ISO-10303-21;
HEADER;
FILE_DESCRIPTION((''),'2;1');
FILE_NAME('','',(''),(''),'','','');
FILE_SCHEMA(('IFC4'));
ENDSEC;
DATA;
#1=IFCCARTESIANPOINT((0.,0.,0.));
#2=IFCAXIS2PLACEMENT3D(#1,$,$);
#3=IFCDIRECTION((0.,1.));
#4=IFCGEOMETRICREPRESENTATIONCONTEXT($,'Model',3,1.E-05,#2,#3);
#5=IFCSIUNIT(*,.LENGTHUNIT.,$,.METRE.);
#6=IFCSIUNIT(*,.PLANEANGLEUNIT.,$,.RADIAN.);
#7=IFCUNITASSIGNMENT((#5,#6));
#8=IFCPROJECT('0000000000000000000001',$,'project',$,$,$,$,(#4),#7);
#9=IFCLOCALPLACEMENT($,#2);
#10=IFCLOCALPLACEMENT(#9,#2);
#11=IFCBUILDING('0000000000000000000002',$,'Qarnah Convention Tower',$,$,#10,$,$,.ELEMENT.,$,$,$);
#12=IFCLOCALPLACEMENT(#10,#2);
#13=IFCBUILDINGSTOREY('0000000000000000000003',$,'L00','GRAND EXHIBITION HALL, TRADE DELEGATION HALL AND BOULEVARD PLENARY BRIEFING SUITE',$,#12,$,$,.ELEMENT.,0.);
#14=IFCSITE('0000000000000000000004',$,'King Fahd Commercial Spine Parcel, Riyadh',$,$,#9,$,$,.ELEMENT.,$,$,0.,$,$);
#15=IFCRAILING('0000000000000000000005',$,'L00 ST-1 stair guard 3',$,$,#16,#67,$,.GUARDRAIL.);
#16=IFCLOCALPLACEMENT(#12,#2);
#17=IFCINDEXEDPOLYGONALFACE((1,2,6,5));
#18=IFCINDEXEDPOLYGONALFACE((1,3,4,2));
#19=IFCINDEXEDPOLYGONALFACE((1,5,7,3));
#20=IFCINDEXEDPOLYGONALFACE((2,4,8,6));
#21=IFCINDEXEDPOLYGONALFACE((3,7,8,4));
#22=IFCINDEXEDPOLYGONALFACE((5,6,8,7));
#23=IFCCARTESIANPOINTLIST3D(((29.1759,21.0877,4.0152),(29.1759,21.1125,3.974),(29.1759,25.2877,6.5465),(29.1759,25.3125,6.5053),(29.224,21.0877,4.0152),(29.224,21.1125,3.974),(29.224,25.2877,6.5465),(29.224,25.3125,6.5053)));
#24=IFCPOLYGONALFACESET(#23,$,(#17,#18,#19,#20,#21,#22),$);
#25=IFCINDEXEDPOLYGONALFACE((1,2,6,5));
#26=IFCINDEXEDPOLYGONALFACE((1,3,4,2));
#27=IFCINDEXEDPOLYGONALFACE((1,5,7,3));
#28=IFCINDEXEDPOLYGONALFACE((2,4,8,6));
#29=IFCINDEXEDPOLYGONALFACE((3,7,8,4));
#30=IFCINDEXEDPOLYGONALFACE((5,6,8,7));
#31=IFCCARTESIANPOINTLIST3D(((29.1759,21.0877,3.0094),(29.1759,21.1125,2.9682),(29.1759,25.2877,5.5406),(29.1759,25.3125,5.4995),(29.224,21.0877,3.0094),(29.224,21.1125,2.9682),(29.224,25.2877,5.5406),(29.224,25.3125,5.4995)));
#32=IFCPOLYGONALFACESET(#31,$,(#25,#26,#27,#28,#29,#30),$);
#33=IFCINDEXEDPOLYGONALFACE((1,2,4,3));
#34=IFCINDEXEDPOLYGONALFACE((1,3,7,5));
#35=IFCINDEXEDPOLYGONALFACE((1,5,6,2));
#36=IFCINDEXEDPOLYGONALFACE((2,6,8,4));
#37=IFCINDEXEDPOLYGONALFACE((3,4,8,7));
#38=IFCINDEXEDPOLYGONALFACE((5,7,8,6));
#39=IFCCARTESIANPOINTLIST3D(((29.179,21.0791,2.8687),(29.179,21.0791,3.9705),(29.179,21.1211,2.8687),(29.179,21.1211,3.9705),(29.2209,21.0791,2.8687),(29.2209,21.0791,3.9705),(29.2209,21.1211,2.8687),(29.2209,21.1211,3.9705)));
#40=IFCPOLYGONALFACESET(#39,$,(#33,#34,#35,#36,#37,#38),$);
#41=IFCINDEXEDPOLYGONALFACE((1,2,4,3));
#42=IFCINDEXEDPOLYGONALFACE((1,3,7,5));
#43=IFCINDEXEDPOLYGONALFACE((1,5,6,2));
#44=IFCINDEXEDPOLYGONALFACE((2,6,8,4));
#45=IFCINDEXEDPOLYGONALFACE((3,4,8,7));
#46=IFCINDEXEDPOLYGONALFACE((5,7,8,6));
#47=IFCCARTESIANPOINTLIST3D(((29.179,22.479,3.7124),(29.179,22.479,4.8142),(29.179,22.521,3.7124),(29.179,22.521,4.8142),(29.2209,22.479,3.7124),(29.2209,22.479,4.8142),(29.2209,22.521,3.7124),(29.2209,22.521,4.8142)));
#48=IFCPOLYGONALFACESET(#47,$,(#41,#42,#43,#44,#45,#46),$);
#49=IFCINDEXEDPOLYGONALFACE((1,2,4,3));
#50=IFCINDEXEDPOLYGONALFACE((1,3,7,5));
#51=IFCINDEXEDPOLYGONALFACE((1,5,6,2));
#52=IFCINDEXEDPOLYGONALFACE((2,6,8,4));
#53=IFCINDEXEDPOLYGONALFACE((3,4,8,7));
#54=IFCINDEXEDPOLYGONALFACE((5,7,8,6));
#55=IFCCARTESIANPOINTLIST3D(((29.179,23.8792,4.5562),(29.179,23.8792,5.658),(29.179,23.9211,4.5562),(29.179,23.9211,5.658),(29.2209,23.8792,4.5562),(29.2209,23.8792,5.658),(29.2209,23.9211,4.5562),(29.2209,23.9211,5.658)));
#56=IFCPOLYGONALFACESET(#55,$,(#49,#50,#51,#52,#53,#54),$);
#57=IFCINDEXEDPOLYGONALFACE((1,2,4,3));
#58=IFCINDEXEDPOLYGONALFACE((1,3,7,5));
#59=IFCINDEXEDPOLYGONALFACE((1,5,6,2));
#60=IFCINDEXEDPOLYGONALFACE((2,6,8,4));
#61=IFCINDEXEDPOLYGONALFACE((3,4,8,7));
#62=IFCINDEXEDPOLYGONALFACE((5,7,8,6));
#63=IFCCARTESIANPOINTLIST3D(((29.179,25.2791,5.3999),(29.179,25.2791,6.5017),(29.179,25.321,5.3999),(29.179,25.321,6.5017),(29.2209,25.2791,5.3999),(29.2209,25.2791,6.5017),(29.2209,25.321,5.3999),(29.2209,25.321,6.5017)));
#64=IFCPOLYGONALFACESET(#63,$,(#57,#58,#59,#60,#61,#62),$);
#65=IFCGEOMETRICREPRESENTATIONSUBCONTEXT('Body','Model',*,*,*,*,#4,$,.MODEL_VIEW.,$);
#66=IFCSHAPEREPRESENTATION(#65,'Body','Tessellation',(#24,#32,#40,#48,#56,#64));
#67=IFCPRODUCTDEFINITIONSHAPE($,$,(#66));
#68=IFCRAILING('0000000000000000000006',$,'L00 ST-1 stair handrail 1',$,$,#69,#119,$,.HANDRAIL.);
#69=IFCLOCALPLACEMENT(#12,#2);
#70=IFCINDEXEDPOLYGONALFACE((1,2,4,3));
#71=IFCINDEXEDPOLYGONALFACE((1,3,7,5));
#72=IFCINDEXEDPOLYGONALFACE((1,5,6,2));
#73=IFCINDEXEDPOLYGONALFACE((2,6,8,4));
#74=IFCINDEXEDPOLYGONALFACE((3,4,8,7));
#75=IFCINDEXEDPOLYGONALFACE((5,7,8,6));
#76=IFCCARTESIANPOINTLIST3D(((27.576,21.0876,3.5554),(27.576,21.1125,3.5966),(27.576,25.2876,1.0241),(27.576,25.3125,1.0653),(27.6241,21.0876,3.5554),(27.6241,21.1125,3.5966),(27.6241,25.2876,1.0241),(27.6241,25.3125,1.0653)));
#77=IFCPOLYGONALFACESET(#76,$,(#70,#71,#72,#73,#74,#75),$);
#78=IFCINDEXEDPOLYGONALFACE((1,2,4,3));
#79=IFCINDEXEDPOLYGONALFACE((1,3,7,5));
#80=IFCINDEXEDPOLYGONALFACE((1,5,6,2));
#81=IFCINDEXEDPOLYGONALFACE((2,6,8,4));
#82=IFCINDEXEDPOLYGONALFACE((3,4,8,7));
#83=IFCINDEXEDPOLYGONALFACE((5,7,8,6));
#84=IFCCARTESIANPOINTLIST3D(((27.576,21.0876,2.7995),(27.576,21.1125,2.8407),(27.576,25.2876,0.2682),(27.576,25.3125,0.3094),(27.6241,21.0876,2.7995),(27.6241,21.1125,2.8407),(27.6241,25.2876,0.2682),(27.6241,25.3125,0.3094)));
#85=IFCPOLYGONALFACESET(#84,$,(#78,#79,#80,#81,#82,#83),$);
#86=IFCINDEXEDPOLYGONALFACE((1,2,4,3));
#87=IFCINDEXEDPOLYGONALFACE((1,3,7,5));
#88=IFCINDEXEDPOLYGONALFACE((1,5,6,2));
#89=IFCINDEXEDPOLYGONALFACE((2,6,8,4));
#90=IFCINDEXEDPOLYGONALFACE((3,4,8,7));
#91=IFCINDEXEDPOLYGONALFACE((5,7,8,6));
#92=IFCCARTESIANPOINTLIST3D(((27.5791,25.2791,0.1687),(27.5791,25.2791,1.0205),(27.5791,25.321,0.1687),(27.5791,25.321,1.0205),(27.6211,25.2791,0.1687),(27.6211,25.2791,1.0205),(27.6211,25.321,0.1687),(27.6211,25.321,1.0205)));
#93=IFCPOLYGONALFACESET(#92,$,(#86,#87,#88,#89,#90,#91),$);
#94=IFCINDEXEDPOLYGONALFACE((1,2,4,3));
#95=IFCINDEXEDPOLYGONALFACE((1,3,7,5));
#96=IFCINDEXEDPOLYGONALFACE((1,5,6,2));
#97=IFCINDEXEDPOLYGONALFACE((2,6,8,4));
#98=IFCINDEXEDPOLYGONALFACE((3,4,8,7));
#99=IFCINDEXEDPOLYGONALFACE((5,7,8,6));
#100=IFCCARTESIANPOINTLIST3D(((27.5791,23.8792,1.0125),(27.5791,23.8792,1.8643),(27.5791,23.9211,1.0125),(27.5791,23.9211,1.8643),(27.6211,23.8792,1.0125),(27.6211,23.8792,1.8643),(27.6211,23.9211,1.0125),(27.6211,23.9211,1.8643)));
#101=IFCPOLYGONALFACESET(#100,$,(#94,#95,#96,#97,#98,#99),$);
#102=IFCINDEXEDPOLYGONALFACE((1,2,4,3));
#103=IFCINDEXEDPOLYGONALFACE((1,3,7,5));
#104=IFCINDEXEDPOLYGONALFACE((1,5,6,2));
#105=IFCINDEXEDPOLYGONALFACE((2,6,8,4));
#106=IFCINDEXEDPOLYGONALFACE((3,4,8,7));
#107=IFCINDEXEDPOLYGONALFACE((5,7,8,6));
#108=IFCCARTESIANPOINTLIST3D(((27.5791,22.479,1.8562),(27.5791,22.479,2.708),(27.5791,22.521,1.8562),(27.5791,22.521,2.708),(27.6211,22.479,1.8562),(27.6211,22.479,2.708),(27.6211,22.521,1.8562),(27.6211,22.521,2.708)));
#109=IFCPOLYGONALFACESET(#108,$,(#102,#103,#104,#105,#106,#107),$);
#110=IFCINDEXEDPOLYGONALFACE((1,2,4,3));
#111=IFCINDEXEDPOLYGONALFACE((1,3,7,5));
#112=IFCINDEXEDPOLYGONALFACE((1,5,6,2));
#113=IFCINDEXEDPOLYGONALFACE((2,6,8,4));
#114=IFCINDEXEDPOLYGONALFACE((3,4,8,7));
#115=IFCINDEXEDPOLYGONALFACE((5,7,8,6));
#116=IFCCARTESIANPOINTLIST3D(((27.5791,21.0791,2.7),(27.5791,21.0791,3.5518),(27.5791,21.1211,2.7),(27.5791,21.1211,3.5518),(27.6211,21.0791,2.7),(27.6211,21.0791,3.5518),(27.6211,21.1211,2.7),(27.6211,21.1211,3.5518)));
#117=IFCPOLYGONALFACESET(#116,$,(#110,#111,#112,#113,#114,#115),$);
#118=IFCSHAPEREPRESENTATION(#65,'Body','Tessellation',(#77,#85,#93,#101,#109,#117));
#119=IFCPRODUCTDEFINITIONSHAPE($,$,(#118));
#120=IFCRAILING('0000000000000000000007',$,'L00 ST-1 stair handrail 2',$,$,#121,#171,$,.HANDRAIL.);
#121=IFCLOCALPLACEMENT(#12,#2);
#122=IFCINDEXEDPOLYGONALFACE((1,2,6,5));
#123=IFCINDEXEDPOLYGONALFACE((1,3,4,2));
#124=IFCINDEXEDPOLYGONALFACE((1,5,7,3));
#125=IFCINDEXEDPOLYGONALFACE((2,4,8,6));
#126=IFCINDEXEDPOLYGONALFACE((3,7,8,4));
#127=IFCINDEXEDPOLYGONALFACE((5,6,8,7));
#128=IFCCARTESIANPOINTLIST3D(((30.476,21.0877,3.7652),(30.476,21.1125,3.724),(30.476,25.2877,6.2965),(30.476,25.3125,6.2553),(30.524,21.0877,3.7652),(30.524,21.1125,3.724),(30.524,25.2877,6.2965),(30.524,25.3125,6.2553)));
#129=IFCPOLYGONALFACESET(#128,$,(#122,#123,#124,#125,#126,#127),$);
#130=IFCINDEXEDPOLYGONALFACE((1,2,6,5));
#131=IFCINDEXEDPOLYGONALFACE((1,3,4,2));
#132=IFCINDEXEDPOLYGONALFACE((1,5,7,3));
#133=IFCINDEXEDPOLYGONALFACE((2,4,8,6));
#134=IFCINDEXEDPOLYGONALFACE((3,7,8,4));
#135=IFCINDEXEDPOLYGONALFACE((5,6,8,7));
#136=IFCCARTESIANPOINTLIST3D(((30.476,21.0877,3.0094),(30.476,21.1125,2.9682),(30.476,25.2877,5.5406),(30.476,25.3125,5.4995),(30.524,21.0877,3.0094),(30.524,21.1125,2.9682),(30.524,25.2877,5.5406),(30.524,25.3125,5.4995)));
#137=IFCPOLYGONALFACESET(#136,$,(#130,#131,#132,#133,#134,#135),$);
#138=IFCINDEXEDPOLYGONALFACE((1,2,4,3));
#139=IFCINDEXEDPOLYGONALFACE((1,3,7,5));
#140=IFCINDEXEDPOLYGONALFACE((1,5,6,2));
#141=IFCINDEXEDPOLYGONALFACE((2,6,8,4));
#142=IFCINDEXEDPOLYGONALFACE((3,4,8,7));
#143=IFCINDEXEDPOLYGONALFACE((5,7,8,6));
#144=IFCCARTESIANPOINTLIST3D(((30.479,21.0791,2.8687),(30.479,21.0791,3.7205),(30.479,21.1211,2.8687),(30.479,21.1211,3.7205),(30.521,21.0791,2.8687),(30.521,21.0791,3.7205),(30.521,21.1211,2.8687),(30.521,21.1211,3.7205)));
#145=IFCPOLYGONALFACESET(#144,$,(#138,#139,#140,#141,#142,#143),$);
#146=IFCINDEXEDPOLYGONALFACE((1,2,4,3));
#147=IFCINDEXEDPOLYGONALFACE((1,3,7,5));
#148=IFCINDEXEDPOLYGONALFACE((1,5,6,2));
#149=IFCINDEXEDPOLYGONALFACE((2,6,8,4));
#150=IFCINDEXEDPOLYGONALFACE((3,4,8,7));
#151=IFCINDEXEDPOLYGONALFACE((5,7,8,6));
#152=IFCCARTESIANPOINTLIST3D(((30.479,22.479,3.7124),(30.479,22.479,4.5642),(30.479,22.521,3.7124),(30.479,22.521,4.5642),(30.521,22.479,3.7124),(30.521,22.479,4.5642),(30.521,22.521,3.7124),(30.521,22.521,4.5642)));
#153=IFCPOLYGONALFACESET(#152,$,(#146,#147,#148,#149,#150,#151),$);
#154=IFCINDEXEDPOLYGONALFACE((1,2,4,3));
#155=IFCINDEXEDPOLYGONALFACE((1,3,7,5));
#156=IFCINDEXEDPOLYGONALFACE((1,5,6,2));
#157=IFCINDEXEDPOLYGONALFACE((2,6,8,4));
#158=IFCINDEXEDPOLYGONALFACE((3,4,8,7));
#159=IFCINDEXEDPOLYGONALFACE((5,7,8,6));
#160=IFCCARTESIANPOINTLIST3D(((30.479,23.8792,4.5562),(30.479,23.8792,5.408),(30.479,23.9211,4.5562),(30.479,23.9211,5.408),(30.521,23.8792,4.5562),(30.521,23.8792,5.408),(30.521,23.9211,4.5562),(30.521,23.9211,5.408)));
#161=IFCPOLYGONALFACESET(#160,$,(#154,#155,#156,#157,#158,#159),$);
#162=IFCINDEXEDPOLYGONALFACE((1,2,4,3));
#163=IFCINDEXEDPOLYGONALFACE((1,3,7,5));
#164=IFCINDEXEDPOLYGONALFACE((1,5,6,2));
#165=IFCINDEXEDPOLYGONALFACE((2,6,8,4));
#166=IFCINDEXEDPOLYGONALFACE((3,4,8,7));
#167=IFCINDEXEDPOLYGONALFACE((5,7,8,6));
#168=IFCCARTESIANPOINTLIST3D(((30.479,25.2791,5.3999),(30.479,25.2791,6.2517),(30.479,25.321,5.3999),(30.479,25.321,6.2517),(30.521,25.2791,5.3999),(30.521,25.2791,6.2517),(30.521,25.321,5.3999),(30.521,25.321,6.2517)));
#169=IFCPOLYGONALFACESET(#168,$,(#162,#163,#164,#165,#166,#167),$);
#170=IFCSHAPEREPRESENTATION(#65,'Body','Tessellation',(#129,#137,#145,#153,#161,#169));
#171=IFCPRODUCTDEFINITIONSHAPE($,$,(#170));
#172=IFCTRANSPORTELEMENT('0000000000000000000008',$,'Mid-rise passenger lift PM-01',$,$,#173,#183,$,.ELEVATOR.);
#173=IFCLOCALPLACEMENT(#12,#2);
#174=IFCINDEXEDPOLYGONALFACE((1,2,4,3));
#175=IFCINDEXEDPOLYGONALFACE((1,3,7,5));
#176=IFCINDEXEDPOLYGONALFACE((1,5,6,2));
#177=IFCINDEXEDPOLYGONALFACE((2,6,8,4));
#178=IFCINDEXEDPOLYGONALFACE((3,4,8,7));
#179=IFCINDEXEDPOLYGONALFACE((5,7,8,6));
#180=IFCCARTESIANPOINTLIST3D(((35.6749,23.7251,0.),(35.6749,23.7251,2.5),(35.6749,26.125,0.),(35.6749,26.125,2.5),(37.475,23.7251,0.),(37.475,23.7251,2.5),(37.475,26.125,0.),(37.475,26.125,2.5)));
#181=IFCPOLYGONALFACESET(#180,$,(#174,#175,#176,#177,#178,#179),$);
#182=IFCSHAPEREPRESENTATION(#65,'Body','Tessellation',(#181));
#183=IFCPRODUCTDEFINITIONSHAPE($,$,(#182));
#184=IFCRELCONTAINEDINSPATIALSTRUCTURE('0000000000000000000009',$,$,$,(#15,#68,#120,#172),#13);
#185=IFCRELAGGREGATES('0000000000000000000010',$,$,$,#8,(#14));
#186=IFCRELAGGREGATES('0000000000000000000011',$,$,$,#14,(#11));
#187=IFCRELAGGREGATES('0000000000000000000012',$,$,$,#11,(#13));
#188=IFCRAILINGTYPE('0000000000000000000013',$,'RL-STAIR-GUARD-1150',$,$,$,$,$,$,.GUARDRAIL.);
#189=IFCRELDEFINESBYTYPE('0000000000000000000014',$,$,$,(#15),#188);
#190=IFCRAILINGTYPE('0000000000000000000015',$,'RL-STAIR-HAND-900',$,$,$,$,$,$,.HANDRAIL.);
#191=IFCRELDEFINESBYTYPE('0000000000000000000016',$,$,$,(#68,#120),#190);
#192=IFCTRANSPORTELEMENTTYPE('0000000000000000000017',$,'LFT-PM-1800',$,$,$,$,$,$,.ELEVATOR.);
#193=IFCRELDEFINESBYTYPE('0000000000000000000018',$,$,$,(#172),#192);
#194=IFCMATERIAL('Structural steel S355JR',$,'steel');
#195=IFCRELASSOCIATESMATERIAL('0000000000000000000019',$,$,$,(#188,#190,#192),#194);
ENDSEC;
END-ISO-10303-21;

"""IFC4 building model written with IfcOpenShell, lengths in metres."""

from ifc_helpers import new_model, si_unit, direction, frame, origin, origin_2d, place, context, subcontext, project, spatial, rectangle, extrude, material, type_object, element, save


model = new_model("IFC4")

# Units and contexts
model_context = context("Model", 3, precision=1e-05, world=origin(), true_north=direction((0.0, 1.0)))
body_context = subcontext(model_context, "Body", "Model", "MODEL_VIEW")
ifc_project = project(units=[si_unit("LENGTHUNIT", "METRE"), si_unit("PLANEANGLEUNIT", "RADIAN")], contexts=[model_context])

# Site, building, storey
site_placement = place(None, origin())
site = spatial("IfcSite", under=ifc_project, at=site_placement, Name="King Fahd Commercial Spine Parcel, Riyadh", CompositionType="ELEMENT", RefElevation=0.0)
building_placement = place(site_placement, origin())
building = spatial("IfcBuilding", under=site, at=building_placement, Name="Qarnah Convention Tower", CompositionType="ELEMENT")
storey_placement = place(building_placement, origin())
storey = spatial("IfcBuildingStorey", under=building, at=storey_placement, Name="L00", Description="GRAND EXHIBITION HALL, TRADE DELEGATION HALL AND BOULEVARD PLENARY BRIEFING SUITE", CompositionType="ELEMENT", Elevation=0.0)

# Shared definitions
ifc_material_1 = material(Name="Structural steel S355JR", Category="steel")

# Railings
railing_type_1 = type_object("IfcRailingType", Name="RL-STAIR-GUARD-1150", PredefinedType="GUARDRAIL", material=ifc_material_1)
railing_1_placement = place(storey_placement, frame((29.2, 21.1001, 2.8687)))
element("IfcRailing", 1, at=railing_1_placement, inside=storey, type_object=railing_type_1, Name="L00 ST-1 stair guard 3", PredefinedType="GUARDRAIL", context=body_context, shape_type="SweptSolid", body=[
    extrude(rectangle(XDim=0.0481, YDim=0.0481, at=origin_2d()), frame((0.0, 0.0, 1.126), z_axis=(0.0, 0.856476, 0.516186), x_axis=(-1.0, 0.0, 0.0)), (0.0, 0.0, 1.0), 4.9038),
    extrude(rectangle(XDim=0.0481, YDim=0.0481, at=origin_2d()), frame((0.0, 0.0, 0.1201), z_axis=(0.0, 0.856476, 0.516186), x_axis=(-1.0, 0.0, 0.0)), (0.0, 0.0, 1.0), 4.9038),
    extrude(rectangle(XDim=0.042, YDim=0.042, at=origin_2d()), origin(), (0.0, 0.0, 1.0), 1.1018),
    extrude(rectangle(XDim=0.042, YDim=0.042, at=origin_2d()), frame((0.0, 1.3999, 0.8438)), (0.0, 0.0, 1.0), 1.1018),
    extrude(rectangle(XDim=0.042, YDim=0.042, at=origin_2d()), frame((0.0, 2.8, 1.6875)), (0.0, 0.0, 1.0), 1.1018),
    extrude(rectangle(XDim=0.042, YDim=0.042, at=origin_2d()), frame((0.0, 4.2, 2.5312)), (0.0, 0.0, 1.0), 1.1018),
])
railing_type_2 = type_object("IfcRailingType", Name="RL-STAIR-HAND-900", PredefinedType="HANDRAIL", material=ifc_material_1)
railing_2_placement = place(storey_placement, frame((27.6001, 25.3, 0.1687)))
element("IfcRailing", 2, at=railing_2_placement, inside=storey, type_object=railing_type_2, Name="L00 ST-1 stair handrail 1", PredefinedType="HANDRAIL", context=body_context, shape_type="SweptSolid", body=[
    extrude(rectangle(XDim=0.0481, YDim=0.0481, at=origin_2d()), frame((0.0, 0.0, 0.876), z_axis=(0.0, -0.856476, 0.516186), x_axis=(1.0, 0.0, 0.0)), (0.0, 0.0, 1.0), 4.9038),
    extrude(rectangle(XDim=0.0481, YDim=0.0481, at=origin_2d()), frame((0.0, 0.0, 0.1201), z_axis=(0.0, -0.856476, 0.516186), x_axis=(1.0, 0.0, 0.0)), (0.0, 0.0, 1.0), 4.9038),
    extrude(rectangle(XDim=0.042, YDim=0.042, at=origin_2d()), origin(), (0.0, 0.0, 1.0), 0.8518),
    extrude(rectangle(XDim=0.042, YDim=0.042, at=origin_2d()), frame((0.0, -1.3999, 0.8438)), (0.0, 0.0, 1.0), 0.8518),
    extrude(rectangle(XDim=0.042, YDim=0.042, at=origin_2d()), frame((0.0, -2.8, 1.6875)), (0.0, 0.0, 1.0), 0.8518),
    extrude(rectangle(XDim=0.042, YDim=0.042, at=origin_2d()), frame((0.0, -4.2, 2.5312)), (0.0, 0.0, 1.0), 0.8518),
])
railing_3_placement = place(storey_placement, frame((30.5, 21.1001, 2.8687)))
element("IfcRailing", 3, at=railing_3_placement, inside=storey, type_object=railing_type_2, Name="L00 ST-1 stair handrail 2", PredefinedType="HANDRAIL", context=body_context, shape_type="SweptSolid", body=[
    extrude(rectangle(XDim=0.0481, YDim=0.0481, at=origin_2d()), frame((0.0, 0.0, 0.876), z_axis=(0.0, 0.856476, 0.516186), x_axis=(-1.0, 0.0, 0.0)), (0.0, 0.0, 1.0), 4.9038),
    extrude(rectangle(XDim=0.0481, YDim=0.0481, at=origin_2d()), frame((0.0, 0.0, 0.1201), z_axis=(0.0, 0.856476, 0.516186), x_axis=(-1.0, 0.0, 0.0)), (0.0, 0.0, 1.0), 4.9038),
    extrude(rectangle(XDim=0.042, YDim=0.042, at=origin_2d()), origin(), (0.0, 0.0, 1.0), 0.8518),
    extrude(rectangle(XDim=0.042, YDim=0.042, at=origin_2d()), frame((0.0, 1.3999, 0.8438)), (0.0, 0.0, 1.0), 0.8518),
    extrude(rectangle(XDim=0.042, YDim=0.042, at=origin_2d()), frame((0.0, 2.8, 1.6875)), (0.0, 0.0, 1.0), 0.8518),
    extrude(rectangle(XDim=0.042, YDim=0.042, at=origin_2d()), frame((0.0, 4.2, 2.5312)), (0.0, 0.0, 1.0), 0.8518),
])

# Transport element
transport_element_type = type_object("IfcTransportElementType", Name="LFT-PM-1800", PredefinedType="ELEVATOR", material=ifc_material_1)
transport_element_placement = place(storey_placement, frame((36.575, 24.925, 0.0), z_axis=(0.0, 0.0, 1.0), x_axis=(1.0, 0.0, 0.0)))
element("IfcTransportElement", 4, at=transport_element_placement, inside=storey, type_object=transport_element_type, Name="Mid-rise passenger lift PM-01", PredefinedType="ELEVATOR", context=body_context, shape_type="SweptSolid", body=[
    extrude(rectangle(XDim=1.8, YDim=2.3999, at=origin_2d()), origin(), (0.0, 0.0, 1.0), 2.5),
])

save(model, "model.ifc")
